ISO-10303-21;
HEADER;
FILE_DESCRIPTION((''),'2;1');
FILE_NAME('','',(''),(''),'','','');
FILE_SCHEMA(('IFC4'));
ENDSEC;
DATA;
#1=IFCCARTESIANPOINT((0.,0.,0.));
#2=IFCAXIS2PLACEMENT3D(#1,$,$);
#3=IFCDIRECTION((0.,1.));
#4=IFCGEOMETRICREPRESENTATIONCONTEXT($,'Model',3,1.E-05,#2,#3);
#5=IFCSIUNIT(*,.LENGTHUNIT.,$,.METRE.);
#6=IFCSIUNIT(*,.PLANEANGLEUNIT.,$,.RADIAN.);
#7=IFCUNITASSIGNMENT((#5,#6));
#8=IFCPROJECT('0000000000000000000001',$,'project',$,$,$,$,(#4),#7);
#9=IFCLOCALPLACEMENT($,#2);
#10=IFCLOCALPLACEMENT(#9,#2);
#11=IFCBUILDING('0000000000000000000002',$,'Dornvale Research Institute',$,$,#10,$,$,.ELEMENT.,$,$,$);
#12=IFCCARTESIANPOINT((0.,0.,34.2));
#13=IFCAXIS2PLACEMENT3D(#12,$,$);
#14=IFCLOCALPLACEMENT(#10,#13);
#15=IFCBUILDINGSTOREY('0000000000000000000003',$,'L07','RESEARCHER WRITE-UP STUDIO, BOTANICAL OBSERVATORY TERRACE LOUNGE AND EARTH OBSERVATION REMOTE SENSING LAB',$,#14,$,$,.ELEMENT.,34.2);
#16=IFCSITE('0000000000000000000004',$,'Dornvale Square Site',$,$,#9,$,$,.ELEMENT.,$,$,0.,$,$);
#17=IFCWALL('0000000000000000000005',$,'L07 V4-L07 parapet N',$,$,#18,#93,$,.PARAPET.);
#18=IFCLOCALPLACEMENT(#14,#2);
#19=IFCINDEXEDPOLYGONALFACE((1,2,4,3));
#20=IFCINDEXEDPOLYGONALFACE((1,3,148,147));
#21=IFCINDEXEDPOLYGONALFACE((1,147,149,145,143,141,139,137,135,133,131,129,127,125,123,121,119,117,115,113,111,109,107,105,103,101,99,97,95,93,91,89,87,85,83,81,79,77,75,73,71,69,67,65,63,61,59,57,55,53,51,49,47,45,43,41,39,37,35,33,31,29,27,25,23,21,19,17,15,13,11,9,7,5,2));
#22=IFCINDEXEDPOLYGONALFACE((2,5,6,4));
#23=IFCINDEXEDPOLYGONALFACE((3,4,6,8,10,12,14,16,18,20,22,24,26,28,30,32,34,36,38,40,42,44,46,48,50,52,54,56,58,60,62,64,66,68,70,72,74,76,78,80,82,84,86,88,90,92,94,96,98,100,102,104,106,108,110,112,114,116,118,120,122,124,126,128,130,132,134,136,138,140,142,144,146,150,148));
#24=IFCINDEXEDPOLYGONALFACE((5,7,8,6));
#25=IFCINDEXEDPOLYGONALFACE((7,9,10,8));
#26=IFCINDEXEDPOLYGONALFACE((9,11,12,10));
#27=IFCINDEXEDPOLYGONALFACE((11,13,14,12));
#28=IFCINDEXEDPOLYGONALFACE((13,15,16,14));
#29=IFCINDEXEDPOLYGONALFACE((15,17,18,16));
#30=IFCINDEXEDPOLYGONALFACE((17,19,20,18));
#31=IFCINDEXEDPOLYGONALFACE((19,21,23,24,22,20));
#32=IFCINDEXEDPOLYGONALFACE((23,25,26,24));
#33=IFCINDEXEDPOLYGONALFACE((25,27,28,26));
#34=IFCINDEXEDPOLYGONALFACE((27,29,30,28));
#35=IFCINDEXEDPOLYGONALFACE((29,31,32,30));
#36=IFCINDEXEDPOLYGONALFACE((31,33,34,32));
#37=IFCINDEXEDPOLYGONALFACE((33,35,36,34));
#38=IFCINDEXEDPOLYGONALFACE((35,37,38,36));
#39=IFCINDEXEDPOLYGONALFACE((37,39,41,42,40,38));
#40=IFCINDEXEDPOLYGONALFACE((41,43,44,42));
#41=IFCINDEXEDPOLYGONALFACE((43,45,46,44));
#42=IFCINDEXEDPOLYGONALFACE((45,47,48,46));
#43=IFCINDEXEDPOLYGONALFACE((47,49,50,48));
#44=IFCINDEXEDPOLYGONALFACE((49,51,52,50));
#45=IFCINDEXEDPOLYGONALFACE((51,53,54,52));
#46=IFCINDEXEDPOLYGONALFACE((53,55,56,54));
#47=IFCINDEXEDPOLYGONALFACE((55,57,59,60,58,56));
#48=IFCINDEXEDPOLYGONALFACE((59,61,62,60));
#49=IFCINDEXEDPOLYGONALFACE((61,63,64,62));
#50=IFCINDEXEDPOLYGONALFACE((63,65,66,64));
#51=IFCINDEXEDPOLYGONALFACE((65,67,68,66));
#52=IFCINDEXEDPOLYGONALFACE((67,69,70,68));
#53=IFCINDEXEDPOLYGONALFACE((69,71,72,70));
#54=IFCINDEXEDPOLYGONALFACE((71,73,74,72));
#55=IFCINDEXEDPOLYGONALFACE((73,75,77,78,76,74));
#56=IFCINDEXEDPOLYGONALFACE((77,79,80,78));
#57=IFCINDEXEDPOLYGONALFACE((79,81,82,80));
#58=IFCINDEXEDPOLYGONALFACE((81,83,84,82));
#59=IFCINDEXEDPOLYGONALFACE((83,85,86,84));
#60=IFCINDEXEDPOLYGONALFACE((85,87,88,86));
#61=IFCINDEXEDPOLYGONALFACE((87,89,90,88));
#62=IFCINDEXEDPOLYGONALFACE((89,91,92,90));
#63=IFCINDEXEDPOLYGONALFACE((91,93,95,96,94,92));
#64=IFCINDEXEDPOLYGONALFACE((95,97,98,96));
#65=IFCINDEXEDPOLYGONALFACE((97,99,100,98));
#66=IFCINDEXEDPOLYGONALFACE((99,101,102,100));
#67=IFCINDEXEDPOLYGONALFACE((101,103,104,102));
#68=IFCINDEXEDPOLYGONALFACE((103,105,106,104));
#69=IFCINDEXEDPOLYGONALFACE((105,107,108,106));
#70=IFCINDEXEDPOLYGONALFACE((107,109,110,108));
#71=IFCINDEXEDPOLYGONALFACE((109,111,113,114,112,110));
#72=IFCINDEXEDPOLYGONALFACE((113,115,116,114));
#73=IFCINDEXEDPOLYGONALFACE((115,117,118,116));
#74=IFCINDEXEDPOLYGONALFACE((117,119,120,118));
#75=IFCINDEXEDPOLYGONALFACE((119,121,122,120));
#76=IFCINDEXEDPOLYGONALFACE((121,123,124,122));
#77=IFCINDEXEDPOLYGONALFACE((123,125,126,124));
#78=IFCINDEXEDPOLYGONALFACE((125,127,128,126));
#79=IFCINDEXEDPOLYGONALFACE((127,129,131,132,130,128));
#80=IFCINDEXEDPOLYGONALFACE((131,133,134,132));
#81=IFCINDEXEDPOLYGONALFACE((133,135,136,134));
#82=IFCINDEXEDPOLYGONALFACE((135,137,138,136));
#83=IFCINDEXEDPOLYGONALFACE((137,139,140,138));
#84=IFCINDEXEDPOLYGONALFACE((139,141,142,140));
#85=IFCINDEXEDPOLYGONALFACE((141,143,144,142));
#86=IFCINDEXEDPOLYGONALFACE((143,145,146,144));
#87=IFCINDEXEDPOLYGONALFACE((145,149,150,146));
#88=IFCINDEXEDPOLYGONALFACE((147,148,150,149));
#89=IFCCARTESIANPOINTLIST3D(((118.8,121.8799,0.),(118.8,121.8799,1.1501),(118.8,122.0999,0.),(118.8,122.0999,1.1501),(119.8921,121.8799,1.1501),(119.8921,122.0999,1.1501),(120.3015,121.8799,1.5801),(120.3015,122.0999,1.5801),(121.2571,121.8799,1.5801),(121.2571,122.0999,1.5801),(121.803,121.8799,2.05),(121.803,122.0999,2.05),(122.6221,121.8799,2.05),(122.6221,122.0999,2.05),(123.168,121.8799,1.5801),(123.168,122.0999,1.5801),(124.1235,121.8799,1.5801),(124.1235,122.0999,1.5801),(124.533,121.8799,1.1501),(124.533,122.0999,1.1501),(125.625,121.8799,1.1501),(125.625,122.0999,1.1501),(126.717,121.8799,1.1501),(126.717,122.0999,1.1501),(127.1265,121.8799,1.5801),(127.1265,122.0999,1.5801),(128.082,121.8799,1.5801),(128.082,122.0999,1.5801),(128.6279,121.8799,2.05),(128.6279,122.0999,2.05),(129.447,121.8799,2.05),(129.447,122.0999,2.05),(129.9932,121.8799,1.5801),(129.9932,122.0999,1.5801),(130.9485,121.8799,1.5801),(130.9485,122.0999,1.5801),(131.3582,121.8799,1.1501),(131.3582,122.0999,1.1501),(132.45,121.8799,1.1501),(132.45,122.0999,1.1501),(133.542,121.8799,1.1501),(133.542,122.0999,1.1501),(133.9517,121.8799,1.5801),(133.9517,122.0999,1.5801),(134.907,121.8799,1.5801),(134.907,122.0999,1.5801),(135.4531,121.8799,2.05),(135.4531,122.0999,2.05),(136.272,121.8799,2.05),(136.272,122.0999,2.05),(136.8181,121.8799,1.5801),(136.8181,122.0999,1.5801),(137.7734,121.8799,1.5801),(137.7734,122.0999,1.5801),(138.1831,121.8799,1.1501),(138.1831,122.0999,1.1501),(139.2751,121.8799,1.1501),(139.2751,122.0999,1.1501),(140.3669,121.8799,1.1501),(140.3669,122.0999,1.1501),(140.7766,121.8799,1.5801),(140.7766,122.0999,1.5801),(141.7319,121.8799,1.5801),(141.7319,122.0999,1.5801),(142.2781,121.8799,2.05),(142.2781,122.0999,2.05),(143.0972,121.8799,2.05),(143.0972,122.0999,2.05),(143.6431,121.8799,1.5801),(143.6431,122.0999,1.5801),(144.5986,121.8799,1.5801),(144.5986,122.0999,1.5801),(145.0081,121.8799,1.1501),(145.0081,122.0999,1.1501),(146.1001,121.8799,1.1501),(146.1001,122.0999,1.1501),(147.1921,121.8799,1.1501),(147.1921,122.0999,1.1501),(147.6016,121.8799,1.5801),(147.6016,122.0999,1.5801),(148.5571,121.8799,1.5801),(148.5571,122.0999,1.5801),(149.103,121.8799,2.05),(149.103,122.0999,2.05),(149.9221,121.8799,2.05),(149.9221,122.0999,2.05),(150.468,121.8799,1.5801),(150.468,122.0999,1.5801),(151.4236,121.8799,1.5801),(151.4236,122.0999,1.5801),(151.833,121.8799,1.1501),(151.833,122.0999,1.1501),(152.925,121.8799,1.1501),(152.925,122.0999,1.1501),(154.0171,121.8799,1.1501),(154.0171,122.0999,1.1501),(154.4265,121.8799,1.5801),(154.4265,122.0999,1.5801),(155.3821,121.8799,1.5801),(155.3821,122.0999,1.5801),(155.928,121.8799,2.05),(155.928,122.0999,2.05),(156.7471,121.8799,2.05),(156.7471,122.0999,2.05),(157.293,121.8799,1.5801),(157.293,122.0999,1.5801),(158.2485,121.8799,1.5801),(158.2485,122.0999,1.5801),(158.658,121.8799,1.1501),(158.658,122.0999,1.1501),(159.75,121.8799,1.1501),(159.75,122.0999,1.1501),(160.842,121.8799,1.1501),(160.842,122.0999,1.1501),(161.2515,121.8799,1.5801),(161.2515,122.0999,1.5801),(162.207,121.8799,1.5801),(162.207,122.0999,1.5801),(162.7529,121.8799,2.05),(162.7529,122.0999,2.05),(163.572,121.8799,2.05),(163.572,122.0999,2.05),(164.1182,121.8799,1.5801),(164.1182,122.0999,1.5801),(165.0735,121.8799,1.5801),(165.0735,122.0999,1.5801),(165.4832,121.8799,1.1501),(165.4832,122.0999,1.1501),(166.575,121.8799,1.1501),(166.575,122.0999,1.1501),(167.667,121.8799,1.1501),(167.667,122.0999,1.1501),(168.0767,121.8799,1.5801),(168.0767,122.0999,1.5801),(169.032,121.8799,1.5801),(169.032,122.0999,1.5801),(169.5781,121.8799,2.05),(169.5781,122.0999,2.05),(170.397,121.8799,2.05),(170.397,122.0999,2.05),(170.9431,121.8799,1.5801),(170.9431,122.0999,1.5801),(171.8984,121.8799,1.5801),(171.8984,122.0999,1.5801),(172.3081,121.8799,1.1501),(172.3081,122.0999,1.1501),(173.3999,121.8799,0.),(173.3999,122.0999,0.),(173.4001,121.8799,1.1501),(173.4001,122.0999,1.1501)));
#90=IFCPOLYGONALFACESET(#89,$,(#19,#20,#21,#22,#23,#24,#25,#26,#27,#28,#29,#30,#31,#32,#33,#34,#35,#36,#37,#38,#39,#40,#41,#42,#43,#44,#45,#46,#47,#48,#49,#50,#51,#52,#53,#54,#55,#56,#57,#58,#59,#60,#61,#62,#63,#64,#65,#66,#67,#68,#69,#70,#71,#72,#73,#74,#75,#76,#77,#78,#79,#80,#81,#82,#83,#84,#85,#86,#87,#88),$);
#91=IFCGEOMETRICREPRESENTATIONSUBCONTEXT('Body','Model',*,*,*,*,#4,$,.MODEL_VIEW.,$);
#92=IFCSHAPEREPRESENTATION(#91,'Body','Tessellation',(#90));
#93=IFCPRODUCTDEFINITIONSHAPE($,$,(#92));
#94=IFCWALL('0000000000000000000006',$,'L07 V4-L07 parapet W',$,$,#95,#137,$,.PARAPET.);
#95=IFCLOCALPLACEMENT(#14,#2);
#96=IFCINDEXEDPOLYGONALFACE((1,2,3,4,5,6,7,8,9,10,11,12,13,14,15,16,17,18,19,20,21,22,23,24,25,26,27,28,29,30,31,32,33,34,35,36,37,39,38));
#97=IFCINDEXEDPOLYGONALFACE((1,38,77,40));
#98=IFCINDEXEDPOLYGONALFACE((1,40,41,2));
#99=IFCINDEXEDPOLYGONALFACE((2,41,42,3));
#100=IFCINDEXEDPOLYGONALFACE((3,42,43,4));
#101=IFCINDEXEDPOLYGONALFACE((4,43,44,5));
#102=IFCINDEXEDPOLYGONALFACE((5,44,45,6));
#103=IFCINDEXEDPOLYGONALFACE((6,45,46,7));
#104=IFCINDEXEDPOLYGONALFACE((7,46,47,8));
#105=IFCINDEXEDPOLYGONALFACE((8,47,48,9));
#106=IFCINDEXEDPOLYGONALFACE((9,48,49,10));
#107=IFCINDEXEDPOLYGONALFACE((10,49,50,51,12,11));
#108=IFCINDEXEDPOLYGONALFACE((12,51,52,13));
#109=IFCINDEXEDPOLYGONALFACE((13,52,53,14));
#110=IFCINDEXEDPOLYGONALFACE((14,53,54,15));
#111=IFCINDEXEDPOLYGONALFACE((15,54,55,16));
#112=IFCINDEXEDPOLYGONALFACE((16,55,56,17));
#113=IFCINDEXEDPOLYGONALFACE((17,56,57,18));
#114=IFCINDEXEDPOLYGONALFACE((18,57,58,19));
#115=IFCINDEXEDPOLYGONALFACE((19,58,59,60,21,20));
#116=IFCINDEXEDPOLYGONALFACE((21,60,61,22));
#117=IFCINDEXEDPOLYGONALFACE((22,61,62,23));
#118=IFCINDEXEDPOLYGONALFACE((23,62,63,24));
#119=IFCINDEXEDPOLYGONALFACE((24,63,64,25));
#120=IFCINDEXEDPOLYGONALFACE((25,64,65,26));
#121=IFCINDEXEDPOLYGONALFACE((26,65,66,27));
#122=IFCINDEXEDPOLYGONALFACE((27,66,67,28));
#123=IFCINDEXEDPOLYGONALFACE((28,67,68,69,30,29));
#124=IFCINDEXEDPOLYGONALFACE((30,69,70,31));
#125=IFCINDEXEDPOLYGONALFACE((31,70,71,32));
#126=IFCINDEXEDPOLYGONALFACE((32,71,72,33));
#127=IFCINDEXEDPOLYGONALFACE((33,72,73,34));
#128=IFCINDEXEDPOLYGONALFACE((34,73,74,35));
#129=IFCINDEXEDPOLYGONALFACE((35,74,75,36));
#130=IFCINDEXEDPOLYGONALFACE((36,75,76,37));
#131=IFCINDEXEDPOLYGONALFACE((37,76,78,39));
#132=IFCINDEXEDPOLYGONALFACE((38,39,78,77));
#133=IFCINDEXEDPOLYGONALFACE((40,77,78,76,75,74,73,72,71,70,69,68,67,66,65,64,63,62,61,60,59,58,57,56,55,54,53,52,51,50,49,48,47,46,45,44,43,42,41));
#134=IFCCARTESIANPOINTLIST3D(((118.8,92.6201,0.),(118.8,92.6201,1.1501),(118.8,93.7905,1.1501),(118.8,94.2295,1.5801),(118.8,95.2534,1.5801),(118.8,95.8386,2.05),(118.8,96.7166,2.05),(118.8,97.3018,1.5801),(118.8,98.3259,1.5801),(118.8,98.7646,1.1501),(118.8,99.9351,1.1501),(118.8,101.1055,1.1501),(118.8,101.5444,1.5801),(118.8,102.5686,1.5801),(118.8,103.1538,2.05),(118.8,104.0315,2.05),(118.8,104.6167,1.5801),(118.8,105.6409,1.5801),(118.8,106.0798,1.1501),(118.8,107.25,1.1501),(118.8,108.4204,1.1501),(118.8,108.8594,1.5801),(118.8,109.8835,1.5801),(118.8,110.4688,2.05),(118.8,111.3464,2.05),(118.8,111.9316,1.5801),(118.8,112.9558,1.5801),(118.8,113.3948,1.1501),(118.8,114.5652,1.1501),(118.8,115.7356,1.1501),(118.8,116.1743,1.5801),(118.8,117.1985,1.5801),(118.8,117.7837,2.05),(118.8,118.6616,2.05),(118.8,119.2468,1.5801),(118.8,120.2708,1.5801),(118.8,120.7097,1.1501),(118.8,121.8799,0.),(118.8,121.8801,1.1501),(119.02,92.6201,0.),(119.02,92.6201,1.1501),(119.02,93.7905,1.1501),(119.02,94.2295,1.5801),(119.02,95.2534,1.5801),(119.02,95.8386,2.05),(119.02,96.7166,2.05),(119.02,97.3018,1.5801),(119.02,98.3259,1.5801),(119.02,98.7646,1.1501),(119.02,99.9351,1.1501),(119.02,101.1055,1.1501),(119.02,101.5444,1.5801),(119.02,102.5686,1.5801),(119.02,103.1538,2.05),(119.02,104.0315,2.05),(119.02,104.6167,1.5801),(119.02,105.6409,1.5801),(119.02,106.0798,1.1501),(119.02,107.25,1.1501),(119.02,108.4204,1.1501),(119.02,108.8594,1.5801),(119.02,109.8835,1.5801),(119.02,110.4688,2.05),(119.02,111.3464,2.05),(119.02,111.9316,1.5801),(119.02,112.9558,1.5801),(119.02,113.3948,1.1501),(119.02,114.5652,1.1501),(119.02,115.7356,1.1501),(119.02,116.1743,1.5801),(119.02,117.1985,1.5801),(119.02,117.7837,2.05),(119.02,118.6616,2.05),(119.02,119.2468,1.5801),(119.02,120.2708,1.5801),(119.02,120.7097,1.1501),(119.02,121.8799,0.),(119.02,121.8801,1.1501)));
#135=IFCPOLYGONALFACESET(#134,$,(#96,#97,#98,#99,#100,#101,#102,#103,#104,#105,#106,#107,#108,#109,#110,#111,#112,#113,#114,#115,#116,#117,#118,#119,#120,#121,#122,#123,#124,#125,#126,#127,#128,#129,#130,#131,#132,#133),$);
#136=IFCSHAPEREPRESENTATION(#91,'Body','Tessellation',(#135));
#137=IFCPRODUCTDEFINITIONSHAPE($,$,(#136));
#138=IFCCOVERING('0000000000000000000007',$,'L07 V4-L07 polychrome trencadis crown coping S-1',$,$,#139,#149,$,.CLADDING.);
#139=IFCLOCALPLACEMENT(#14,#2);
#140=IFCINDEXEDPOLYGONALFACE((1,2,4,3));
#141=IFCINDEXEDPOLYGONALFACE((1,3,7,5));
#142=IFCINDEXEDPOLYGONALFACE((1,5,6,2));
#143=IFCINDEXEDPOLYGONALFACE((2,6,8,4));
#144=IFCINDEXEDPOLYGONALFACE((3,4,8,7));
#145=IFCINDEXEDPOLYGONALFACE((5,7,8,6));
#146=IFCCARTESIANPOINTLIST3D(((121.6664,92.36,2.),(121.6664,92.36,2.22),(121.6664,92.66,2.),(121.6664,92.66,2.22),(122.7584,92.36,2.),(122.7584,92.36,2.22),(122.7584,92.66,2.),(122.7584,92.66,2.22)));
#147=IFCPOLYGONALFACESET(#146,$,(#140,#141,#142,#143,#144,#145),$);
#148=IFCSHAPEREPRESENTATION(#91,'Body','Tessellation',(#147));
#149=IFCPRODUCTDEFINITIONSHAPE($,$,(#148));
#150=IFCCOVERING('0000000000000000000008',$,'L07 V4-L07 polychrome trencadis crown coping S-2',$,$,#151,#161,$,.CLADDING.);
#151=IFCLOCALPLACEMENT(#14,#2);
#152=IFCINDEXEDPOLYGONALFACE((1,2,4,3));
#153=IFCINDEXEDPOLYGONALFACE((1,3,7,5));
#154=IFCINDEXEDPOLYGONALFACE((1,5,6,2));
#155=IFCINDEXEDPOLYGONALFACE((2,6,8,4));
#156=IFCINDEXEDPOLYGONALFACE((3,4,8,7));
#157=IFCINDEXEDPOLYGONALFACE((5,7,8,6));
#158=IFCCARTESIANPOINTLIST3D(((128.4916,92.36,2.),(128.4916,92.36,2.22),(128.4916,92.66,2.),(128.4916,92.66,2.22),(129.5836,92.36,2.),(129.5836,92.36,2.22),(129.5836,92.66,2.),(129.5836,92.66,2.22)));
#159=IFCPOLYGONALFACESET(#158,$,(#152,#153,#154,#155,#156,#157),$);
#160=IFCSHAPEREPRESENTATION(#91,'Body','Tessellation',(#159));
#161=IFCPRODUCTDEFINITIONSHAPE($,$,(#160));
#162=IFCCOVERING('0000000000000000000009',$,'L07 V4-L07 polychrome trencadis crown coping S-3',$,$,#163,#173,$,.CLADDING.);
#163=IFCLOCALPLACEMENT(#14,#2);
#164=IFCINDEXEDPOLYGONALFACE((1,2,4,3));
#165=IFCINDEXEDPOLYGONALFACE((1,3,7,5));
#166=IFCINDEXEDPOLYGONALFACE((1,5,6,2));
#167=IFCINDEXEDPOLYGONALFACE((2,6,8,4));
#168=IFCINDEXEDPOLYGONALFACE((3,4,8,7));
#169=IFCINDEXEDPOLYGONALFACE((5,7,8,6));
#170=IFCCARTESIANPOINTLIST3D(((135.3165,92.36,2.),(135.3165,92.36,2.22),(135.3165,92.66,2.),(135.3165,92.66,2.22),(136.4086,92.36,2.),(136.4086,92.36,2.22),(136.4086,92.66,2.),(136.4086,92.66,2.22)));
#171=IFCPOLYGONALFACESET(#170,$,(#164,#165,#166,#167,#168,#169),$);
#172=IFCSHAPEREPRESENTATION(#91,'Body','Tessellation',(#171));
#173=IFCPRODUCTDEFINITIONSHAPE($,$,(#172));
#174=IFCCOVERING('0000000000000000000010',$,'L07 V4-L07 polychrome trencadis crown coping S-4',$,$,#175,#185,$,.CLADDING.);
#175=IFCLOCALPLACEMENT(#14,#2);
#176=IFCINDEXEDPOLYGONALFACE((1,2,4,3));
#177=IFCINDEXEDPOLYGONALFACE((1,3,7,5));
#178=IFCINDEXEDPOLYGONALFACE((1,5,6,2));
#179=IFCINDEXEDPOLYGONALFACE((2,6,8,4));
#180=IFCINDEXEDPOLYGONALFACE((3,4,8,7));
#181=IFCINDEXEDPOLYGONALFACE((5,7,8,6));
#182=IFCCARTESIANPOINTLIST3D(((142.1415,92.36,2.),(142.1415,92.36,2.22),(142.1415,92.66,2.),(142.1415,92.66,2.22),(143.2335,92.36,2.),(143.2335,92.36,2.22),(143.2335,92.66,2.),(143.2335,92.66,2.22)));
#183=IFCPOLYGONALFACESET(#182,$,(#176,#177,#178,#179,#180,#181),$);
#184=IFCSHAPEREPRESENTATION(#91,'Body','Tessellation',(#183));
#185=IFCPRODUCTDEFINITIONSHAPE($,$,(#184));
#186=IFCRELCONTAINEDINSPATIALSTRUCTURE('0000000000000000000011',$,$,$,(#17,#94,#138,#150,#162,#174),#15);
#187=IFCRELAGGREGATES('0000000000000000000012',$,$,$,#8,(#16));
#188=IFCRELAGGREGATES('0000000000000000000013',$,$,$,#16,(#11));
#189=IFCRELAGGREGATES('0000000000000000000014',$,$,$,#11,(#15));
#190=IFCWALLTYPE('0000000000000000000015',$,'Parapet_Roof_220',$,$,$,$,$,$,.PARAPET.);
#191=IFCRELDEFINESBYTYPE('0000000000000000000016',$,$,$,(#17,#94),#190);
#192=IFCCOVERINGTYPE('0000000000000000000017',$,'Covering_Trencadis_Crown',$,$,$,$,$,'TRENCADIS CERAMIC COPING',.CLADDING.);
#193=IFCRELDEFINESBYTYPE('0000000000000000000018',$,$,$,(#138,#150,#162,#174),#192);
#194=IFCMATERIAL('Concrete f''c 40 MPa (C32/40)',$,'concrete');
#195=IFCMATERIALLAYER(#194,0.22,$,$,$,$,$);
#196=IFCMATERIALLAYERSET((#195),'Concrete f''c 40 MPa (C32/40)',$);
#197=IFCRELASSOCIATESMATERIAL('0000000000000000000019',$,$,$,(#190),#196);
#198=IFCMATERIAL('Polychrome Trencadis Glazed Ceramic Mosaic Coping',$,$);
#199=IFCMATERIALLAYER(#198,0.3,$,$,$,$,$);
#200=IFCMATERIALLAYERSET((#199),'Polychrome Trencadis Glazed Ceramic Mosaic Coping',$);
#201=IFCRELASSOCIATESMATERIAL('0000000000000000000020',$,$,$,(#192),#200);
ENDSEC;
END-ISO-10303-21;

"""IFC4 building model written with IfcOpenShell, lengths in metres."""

from ifc_helpers import new_model, si_unit, direction, frame, origin, origin_2d, place, context, subcontext, project, spatial, polyline, rectangle, outline, extrude, material, layer, layer_set, type_object, element, save


model = new_model("IFC4")

# Units and contexts
model_context = context("Model", 3, precision=1e-05, world=origin(), true_north=direction((0.0, 1.0)))
body_context = subcontext(model_context, "Body", "Model", "MODEL_VIEW")
ifc_project = project(units=[si_unit("LENGTHUNIT", "METRE"), si_unit("PLANEANGLEUNIT", "RADIAN")], contexts=[model_context])

# Site, building, storey
site_placement = place(None, origin())
site = spatial("IfcSite", under=ifc_project, at=site_placement, Name="Dornvale Square Site", CompositionType="ELEMENT", RefElevation=0.0)
building_placement = place(site_placement, origin())
building = spatial("IfcBuilding", under=site, at=building_placement, Name="Dornvale Research Institute", CompositionType="ELEMENT")
storey_placement = place(building_placement, frame((0.0, 0.0, 34.2)))
storey = spatial("IfcBuildingStorey", under=building, at=storey_placement, Name="L07", Description="RESEARCHER WRITE-UP STUDIO, BOTANICAL OBSERVATORY TERRACE LOUNGE AND EARTH OBSERVATION REMOTE SENSING LAB", CompositionType="ELEMENT", Elevation=34.2)

# Walls
ifc_material_1 = material(Name="Concrete f'c 40 MPa (C32/40)", Category="concrete")
ifc_layer_1 = layer(ifc_material_1, 0.22)
ifc_layer_set_1 = layer_set([ifc_layer_1], Name="Concrete f'c 40 MPa (C32/40)")
wall_type = type_object("IfcWallType", Name="Parapet_Roof_220", PredefinedType="PARAPET", material=ifc_layer_set_1)
wall_1_placement = place(storey_placement, frame((118.8, 121.99, 0.0), z_axis=(0.0, 0.0, 1.0), x_axis=(1.0, 0.0, 0.0)))
element("IfcWall", 1, at=wall_1_placement, inside=storey, type_object=wall_type, Name="L07 V4-L07 parapet N", PredefinedType="PARAPET", context=body_context, shape_type="SweptSolid", body=[
    extrude(outline(polyline([(0.0, 0.0), (54.5999, 0.0), (54.6001, 1.1501), (53.5081, 1.1501), (53.0984, 1.5801), (52.1431, 1.5801), (51.5969, 2.05), (50.7781, 2.05), (50.2319, 1.5801), (49.2766, 1.5801), (48.8669, 1.1501), (47.7749, 1.1501), (46.6831, 1.1501), (46.2734, 1.5801), (45.3181, 1.5801), (44.772, 2.05), (43.9529, 2.05), (43.407, 1.5801), (42.4514, 1.5801), (42.042, 1.1501), (40.95, 1.1501), (39.8579, 1.1501), (39.4485, 1.5801), (38.4929, 1.5801), (37.947, 2.05), (37.1279, 2.05), (36.582, 1.5801), (35.6265, 1.5801), (35.217, 1.1501), (34.125, 1.1501), (33.033, 1.1501), (32.6235, 1.5801), (31.668, 1.5801), (31.1221, 2.05), (30.303, 2.05), (29.7571, 1.5801), (28.8015, 1.5801), (28.3921, 1.1501), (27.3, 1.1501), (26.208, 1.1501), (25.7986, 1.5801), (24.843, 1.5801), (24.2971, 2.05), (23.478, 2.05), (22.9319, 1.5801), (21.9766, 1.5801), (21.5669, 1.1501), (20.4751, 1.1501), (19.3831, 1.1501), (18.9734, 1.5801), (18.0181, 1.5801), (17.4719, 2.05), (16.6531, 2.05), (16.1069, 1.5801), (15.1516, 1.5801), (14.7419, 1.1501), (13.6499, 1.1501), (12.5581, 1.1501), (12.1484, 1.5801), (11.1931, 1.5801), (10.647, 2.05), (9.8279, 2.05), (9.282, 1.5801), (8.3264, 1.5801), (7.917, 1.1501), (6.825, 1.1501), (5.7329, 1.1501), (5.3235, 1.5801), (4.3679, 1.5801), (3.822, 2.05), (3.0029, 2.05), (2.457, 1.5801), (1.5015, 1.5801), (1.092, 1.1501), (0.0, 1.1501), (0.0, 0.0)])), frame((0.0, 0.1099, 0.0), z_axis=(0.0, -1.0, 0.0), x_axis=(1.0, 0.0, 0.0)), (0.0, 0.0, 1.0), 0.22),
])
wall_2_placement = place(storey_placement, frame((118.9099, 92.6201, 0.0), z_axis=(0.0, 0.0, 1.0), x_axis=(0.0, 1.0, 0.0)))
element("IfcWall", 2, at=wall_2_placement, inside=storey, type_object=wall_type, Name="L07 V4-L07 parapet W", PredefinedType="PARAPET", context=body_context, shape_type="SweptSolid", body=[
    extrude(outline(polyline([(0.0, 0.0), (29.2598, 0.0), (29.26, 1.1501), (28.0896, 1.1501), (27.6506, 1.5801), (26.6267, 1.5801), (26.0415, 2.05), (25.1636, 2.05), (24.5784, 1.5801), (23.5542, 1.5801), (23.1155, 1.1501), (21.9451, 1.1501), (20.7747, 1.1501), (20.3357, 1.5801), (19.3115, 1.5801), (18.7263, 2.05), (17.8486, 2.05), (17.2634, 1.5801), (16.2393, 1.5801), (15.8003, 1.1501), (14.6299, 1.1501), (13.4597, 1.1501), (13.0208, 1.5801), (11.9966, 1.5801), (11.4114, 2.05), (10.5337, 2.05), (9.9485, 1.5801), (8.9243, 1.5801), (8.4854, 1.1501), (7.3149, 1.1501), (6.1445, 1.1501), (5.7058, 1.5801), (4.6816, 1.5801), (4.0964, 2.05), (3.2185, 2.05), (2.6333, 1.5801), (1.6094, 1.5801), (1.1704, 1.1501), (0.0, 1.1501), (0.0, 0.0)])), frame((0.0, 0.1099, 0.0), z_axis=(0.0, -1.0, 0.0), x_axis=(1.0, 0.0, 0.0)), (0.0, 0.0, 1.0), 0.22),
])

# Coverings
ifc_material_2 = material(Name="Polychrome Trencadis Glazed Ceramic Mosaic Coping")
ifc_layer_2 = layer(ifc_material_2, 0.3)
ifc_layer_set_2 = layer_set([ifc_layer_2], Name="Polychrome Trencadis Glazed Ceramic Mosaic Coping")
covering_type = type_object("IfcCoveringType", Name="Covering_Trencadis_Crown", ElementType="TRENCADIS CERAMIC COPING", PredefinedType="CLADDING", material=ifc_layer_set_2)
for number, where, z_axis, x_axis, name in (
    (3, (122.2124, 92.51, 2.0), (0.0, 0.0, 1.0), (1.0, 0.0, 0.0), "L07 V4-L07 polychrome trencadis crown coping S-1"),
    (4, (129.0376, 92.51, 2.0), (0.0, 0.0, 1.0), (1.0, 0.0, 0.0), "L07 V4-L07 polychrome trencadis crown coping S-2"),
    (5, (135.8625, 92.51, 2.0), (0.0, 0.0, 1.0), (1.0, 0.0, 0.0), "L07 V4-L07 polychrome trencadis crown coping S-3"),
    (6, (142.6875, 92.51, 2.0), (0.0, 0.0, 1.0), (1.0, 0.0, 0.0), "L07 V4-L07 polychrome trencadis crown coping S-4"),
):
    element("IfcCovering", number, at=place(storey_placement, frame(where, z_axis=z_axis, x_axis=x_axis)), inside=storey, type_object=covering_type, Name=name, PredefinedType="CLADDING", context=body_context, shape_type="SweptSolid", body=[
        extrude(rectangle(XDim=1.092, YDim=0.3, at=origin_2d()), origin(), (0.0, 0.0, 1.0), 0.22),
    ])

save(model, "model.ifc")
